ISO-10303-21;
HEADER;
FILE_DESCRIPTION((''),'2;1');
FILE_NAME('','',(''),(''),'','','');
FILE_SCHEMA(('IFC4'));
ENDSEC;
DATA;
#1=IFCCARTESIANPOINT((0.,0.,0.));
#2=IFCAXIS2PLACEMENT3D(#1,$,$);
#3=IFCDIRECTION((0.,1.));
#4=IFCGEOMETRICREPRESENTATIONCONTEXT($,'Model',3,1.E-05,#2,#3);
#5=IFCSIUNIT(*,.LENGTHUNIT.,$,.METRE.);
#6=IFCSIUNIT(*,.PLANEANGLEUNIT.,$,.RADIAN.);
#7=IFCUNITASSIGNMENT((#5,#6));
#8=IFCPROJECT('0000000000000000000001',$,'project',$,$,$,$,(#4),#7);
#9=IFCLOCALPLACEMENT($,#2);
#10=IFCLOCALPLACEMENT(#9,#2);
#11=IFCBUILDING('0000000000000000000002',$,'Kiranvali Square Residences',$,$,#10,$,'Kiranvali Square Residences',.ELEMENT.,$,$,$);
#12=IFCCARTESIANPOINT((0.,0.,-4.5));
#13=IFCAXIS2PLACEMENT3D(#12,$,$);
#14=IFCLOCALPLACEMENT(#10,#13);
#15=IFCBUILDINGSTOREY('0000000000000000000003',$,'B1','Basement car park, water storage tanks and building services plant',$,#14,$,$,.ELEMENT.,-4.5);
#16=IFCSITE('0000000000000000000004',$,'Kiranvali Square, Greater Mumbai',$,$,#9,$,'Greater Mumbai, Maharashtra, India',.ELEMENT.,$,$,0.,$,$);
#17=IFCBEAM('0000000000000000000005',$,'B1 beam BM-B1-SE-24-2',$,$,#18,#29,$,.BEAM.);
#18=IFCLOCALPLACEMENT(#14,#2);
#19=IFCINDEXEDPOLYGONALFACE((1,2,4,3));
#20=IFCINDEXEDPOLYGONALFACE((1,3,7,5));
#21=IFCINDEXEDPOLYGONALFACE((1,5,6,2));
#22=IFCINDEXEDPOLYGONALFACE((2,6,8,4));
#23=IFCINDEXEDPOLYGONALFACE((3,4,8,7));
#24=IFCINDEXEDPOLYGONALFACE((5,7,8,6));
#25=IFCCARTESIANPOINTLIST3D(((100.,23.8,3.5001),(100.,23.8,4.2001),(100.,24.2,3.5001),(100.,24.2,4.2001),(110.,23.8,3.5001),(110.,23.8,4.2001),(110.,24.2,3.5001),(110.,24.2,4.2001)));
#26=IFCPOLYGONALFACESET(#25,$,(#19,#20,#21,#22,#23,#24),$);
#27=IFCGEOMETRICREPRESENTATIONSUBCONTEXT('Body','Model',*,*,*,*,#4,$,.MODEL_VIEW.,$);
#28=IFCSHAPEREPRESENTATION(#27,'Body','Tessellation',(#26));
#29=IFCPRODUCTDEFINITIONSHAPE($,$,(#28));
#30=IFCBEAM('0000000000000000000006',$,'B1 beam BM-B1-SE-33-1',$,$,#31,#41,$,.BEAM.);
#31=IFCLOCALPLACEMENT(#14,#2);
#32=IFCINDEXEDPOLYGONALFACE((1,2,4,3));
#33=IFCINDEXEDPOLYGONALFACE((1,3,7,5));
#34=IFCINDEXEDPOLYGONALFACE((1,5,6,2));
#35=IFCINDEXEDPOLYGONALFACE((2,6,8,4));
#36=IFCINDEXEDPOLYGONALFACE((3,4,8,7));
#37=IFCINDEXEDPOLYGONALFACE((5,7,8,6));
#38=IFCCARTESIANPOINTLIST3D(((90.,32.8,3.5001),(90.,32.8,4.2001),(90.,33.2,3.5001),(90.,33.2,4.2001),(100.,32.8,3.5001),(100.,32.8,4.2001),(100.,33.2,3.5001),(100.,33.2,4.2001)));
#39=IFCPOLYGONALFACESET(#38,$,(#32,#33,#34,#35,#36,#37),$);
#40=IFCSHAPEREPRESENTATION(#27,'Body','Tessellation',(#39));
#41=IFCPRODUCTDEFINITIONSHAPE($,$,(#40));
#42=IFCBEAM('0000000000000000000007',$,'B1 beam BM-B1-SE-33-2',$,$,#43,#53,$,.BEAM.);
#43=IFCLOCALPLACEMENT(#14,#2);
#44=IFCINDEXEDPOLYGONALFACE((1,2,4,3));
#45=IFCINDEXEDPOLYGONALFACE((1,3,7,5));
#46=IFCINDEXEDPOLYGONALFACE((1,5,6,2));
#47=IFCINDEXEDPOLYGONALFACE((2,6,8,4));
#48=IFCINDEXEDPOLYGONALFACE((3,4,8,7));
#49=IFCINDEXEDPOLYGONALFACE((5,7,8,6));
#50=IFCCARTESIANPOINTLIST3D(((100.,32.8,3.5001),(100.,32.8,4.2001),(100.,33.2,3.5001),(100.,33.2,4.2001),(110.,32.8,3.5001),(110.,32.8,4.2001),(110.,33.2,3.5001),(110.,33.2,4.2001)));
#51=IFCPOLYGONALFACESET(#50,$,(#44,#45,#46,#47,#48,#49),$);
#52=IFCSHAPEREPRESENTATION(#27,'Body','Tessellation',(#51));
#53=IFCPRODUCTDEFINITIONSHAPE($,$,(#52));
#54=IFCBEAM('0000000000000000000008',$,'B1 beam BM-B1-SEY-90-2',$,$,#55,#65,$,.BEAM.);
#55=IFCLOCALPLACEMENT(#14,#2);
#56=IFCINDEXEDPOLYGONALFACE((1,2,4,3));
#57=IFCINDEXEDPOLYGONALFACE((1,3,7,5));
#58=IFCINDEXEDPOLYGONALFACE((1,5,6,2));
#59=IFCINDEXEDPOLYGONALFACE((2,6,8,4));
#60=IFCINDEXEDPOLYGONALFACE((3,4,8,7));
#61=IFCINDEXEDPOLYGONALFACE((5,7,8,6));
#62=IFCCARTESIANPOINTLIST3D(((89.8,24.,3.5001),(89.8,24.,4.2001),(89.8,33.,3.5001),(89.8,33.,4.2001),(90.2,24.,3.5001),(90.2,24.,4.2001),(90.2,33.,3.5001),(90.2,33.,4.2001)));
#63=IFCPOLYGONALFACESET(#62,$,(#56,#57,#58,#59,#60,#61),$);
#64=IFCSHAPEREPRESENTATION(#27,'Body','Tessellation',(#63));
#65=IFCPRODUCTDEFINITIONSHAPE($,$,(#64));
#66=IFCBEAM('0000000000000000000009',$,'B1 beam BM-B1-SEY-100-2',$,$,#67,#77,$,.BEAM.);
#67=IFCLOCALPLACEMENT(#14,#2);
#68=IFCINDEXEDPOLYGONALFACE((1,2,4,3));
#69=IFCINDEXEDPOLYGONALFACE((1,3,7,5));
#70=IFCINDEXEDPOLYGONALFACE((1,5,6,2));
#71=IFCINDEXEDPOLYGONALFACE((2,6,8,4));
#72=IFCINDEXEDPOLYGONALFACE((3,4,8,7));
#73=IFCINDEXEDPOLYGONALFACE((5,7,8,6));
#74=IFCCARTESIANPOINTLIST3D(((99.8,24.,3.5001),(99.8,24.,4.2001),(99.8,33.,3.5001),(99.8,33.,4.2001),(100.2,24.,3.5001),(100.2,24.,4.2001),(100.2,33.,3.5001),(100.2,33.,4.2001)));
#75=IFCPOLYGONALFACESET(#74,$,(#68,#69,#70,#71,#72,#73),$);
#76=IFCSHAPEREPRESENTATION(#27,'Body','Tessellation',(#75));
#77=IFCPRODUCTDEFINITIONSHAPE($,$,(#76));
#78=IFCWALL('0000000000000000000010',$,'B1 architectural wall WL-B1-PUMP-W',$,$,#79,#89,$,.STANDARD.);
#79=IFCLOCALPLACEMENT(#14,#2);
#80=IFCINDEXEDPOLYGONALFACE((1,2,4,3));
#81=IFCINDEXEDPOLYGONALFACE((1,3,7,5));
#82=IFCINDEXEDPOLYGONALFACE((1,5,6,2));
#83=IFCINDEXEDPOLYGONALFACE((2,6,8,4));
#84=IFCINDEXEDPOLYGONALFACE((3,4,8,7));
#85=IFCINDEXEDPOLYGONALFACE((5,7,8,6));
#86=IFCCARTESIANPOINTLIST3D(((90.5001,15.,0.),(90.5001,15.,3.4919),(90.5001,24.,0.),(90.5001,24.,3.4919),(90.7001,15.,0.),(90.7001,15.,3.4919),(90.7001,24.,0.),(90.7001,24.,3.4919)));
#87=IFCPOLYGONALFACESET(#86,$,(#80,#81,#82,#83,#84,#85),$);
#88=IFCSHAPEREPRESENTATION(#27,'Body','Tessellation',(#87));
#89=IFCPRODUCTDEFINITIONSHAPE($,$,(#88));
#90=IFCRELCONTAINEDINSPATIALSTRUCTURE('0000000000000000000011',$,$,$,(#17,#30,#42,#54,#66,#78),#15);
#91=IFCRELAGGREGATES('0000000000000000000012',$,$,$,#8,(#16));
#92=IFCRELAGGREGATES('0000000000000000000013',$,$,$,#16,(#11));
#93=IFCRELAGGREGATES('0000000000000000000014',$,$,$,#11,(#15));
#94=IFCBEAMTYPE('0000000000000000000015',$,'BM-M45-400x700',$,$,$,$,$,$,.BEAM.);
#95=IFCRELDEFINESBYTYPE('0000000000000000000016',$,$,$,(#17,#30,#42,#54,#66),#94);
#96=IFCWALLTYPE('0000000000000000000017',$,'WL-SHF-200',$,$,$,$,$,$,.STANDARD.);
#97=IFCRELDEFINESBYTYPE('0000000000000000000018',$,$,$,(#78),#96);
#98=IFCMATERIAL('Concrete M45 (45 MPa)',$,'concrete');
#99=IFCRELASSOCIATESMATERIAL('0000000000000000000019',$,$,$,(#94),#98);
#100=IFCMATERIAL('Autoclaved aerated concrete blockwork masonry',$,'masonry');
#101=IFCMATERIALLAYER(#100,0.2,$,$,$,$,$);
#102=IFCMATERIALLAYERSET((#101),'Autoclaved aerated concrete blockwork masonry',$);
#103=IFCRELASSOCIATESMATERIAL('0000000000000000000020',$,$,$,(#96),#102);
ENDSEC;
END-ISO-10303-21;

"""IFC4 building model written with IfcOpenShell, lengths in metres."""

from ifc_helpers import new_model, si_unit, direction, frame, frame_2d, origin, origin_2d, place, context, subcontext, project, spatial, rectangle, extrude, material, layer, layer_set, material_profile, profile_set, type_object, element, save


model = new_model("IFC4")

# Units and contexts
model_context = context("Model", 3, precision=1e-05, world=origin(), true_north=direction((0.0, 1.0)))
body_context = subcontext(model_context, "Body", "Model", "MODEL_VIEW")
ifc_project = project(units=[si_unit("LENGTHUNIT", "METRE"), si_unit("PLANEANGLEUNIT", "RADIAN")], contexts=[model_context])

# Site, building, storey
site_placement = place(None, origin())
site = spatial("IfcSite", under=ifc_project, at=site_placement, Name="Kiranvali Square, Greater Mumbai", LongName="Greater Mumbai, Maharashtra, India", CompositionType="ELEMENT", RefElevation=0.0)
building_placement = place(site_placement, origin())
building = spatial("IfcBuilding", under=site, at=building_placement, Name="Kiranvali Square Residences", LongName="Kiranvali Square Residences", CompositionType="ELEMENT")
storey_placement = place(building_placement, frame((0.0, 0.0, -4.5)))
storey = spatial("IfcBuildingStorey", under=building, at=storey_placement, Name="B1", Description="Basement car park, water storage tanks and building services plant", CompositionType="ELEMENT", Elevation=-4.5)

# Shared definitions
ifc_material_1 = material(Name="Concrete M45 (45 MPa)", Category="concrete")

# Beams
ifc_material_profile_1 = material_profile(ifc_material_1, rectangle(XDim=0.3999, YDim=0.7, at=origin_2d()), Name="RC 400x700")
ifc_profile_set_1 = profile_set([ifc_material_profile_1], Name="Concrete M45 (45 MPa)")
beam_type = type_object("IfcBeamType", Name="BM-M45-400x700", PredefinedType="BEAM", material=ifc_profile_set_1)
for number, where, z_axis, x_axis, name in (
    (1, (100.0, 24.0, 3.8501), (1.0, 0.0, 0.0), (0.0, 1.0, 0.0), "B1 beam BM-B1-SE-24-2"),
    (2, (90.0, 33.0, 3.8501), (1.0, 0.0, 0.0), (0.0, 1.0, 0.0), "B1 beam BM-B1-SE-33-1"),
    (3, (100.0, 33.0, 3.8501), (1.0, 0.0, 0.0), (0.0, 1.0, 0.0), "B1 beam BM-B1-SE-33-2"),
):
    element("IfcBeam", number, at=place(storey_placement, frame(where, z_axis=z_axis, x_axis=x_axis)), inside=storey, type_object=beam_type, Name=name, PredefinedType="BEAM", context=body_context, shape_type="SweptSolid", body=[
        extrude(rectangle(XDim=0.3999, YDim=0.7, at=origin_2d()), origin(), (0.0, 0.0, 1.0), 10.0),
    ])
for number, where, z_axis, x_axis, name in (
    (4, (90.0, 24.0, 3.8501), (0.0, 1.0, 0.0), (-1.0, 0.0, 0.0), "B1 beam BM-B1-SEY-90-2"),
    (5, (100.0, 24.0, 3.8501), (0.0, 1.0, 0.0), (-1.0, 0.0, 0.0), "B1 beam BM-B1-SEY-100-2"),
):
    element("IfcBeam", number, at=place(storey_placement, frame(where, z_axis=z_axis, x_axis=x_axis)), inside=storey, type_object=beam_type, Name=name, PredefinedType="BEAM", context=body_context, shape_type="SweptSolid", body=[
        extrude(rectangle(XDim=0.3999, YDim=0.7, at=origin_2d()), origin(), (0.0, 0.0, 1.0), 9.0),
    ])

# Shared definitions
ifc_material_2 = material(Name="Autoclaved aerated concrete blockwork masonry", Category="masonry")
ifc_layer = layer(ifc_material_2, 0.2)
ifc_layer_set = layer_set([ifc_layer], Name="Autoclaved aerated concrete blockwork masonry")
wall_type = type_object("IfcWallType", Name="WL-SHF-200", PredefinedType="STANDARD", material=ifc_layer_set)

# Wall
wall_1_placement = place(storey_placement, frame((90.6001, 24.0, 0.0), z_axis=(0.0, 0.0, 1.0), x_axis=(0.0, -1.0, 0.0)))
element("IfcWall", 6, at=wall_1_placement, inside=storey, type_object=wall_type, Name="B1 architectural wall WL-B1-PUMP-W", PredefinedType="STANDARD", context=body_context, shape_type="SweptSolid", body=[
    extrude(rectangle(XDim=9.0, YDim=0.2, at=frame_2d((4.5, 0.0))), origin(), (0.0, 0.0, 1.0), 3.4919),
])

save(model, "model.ifc")
